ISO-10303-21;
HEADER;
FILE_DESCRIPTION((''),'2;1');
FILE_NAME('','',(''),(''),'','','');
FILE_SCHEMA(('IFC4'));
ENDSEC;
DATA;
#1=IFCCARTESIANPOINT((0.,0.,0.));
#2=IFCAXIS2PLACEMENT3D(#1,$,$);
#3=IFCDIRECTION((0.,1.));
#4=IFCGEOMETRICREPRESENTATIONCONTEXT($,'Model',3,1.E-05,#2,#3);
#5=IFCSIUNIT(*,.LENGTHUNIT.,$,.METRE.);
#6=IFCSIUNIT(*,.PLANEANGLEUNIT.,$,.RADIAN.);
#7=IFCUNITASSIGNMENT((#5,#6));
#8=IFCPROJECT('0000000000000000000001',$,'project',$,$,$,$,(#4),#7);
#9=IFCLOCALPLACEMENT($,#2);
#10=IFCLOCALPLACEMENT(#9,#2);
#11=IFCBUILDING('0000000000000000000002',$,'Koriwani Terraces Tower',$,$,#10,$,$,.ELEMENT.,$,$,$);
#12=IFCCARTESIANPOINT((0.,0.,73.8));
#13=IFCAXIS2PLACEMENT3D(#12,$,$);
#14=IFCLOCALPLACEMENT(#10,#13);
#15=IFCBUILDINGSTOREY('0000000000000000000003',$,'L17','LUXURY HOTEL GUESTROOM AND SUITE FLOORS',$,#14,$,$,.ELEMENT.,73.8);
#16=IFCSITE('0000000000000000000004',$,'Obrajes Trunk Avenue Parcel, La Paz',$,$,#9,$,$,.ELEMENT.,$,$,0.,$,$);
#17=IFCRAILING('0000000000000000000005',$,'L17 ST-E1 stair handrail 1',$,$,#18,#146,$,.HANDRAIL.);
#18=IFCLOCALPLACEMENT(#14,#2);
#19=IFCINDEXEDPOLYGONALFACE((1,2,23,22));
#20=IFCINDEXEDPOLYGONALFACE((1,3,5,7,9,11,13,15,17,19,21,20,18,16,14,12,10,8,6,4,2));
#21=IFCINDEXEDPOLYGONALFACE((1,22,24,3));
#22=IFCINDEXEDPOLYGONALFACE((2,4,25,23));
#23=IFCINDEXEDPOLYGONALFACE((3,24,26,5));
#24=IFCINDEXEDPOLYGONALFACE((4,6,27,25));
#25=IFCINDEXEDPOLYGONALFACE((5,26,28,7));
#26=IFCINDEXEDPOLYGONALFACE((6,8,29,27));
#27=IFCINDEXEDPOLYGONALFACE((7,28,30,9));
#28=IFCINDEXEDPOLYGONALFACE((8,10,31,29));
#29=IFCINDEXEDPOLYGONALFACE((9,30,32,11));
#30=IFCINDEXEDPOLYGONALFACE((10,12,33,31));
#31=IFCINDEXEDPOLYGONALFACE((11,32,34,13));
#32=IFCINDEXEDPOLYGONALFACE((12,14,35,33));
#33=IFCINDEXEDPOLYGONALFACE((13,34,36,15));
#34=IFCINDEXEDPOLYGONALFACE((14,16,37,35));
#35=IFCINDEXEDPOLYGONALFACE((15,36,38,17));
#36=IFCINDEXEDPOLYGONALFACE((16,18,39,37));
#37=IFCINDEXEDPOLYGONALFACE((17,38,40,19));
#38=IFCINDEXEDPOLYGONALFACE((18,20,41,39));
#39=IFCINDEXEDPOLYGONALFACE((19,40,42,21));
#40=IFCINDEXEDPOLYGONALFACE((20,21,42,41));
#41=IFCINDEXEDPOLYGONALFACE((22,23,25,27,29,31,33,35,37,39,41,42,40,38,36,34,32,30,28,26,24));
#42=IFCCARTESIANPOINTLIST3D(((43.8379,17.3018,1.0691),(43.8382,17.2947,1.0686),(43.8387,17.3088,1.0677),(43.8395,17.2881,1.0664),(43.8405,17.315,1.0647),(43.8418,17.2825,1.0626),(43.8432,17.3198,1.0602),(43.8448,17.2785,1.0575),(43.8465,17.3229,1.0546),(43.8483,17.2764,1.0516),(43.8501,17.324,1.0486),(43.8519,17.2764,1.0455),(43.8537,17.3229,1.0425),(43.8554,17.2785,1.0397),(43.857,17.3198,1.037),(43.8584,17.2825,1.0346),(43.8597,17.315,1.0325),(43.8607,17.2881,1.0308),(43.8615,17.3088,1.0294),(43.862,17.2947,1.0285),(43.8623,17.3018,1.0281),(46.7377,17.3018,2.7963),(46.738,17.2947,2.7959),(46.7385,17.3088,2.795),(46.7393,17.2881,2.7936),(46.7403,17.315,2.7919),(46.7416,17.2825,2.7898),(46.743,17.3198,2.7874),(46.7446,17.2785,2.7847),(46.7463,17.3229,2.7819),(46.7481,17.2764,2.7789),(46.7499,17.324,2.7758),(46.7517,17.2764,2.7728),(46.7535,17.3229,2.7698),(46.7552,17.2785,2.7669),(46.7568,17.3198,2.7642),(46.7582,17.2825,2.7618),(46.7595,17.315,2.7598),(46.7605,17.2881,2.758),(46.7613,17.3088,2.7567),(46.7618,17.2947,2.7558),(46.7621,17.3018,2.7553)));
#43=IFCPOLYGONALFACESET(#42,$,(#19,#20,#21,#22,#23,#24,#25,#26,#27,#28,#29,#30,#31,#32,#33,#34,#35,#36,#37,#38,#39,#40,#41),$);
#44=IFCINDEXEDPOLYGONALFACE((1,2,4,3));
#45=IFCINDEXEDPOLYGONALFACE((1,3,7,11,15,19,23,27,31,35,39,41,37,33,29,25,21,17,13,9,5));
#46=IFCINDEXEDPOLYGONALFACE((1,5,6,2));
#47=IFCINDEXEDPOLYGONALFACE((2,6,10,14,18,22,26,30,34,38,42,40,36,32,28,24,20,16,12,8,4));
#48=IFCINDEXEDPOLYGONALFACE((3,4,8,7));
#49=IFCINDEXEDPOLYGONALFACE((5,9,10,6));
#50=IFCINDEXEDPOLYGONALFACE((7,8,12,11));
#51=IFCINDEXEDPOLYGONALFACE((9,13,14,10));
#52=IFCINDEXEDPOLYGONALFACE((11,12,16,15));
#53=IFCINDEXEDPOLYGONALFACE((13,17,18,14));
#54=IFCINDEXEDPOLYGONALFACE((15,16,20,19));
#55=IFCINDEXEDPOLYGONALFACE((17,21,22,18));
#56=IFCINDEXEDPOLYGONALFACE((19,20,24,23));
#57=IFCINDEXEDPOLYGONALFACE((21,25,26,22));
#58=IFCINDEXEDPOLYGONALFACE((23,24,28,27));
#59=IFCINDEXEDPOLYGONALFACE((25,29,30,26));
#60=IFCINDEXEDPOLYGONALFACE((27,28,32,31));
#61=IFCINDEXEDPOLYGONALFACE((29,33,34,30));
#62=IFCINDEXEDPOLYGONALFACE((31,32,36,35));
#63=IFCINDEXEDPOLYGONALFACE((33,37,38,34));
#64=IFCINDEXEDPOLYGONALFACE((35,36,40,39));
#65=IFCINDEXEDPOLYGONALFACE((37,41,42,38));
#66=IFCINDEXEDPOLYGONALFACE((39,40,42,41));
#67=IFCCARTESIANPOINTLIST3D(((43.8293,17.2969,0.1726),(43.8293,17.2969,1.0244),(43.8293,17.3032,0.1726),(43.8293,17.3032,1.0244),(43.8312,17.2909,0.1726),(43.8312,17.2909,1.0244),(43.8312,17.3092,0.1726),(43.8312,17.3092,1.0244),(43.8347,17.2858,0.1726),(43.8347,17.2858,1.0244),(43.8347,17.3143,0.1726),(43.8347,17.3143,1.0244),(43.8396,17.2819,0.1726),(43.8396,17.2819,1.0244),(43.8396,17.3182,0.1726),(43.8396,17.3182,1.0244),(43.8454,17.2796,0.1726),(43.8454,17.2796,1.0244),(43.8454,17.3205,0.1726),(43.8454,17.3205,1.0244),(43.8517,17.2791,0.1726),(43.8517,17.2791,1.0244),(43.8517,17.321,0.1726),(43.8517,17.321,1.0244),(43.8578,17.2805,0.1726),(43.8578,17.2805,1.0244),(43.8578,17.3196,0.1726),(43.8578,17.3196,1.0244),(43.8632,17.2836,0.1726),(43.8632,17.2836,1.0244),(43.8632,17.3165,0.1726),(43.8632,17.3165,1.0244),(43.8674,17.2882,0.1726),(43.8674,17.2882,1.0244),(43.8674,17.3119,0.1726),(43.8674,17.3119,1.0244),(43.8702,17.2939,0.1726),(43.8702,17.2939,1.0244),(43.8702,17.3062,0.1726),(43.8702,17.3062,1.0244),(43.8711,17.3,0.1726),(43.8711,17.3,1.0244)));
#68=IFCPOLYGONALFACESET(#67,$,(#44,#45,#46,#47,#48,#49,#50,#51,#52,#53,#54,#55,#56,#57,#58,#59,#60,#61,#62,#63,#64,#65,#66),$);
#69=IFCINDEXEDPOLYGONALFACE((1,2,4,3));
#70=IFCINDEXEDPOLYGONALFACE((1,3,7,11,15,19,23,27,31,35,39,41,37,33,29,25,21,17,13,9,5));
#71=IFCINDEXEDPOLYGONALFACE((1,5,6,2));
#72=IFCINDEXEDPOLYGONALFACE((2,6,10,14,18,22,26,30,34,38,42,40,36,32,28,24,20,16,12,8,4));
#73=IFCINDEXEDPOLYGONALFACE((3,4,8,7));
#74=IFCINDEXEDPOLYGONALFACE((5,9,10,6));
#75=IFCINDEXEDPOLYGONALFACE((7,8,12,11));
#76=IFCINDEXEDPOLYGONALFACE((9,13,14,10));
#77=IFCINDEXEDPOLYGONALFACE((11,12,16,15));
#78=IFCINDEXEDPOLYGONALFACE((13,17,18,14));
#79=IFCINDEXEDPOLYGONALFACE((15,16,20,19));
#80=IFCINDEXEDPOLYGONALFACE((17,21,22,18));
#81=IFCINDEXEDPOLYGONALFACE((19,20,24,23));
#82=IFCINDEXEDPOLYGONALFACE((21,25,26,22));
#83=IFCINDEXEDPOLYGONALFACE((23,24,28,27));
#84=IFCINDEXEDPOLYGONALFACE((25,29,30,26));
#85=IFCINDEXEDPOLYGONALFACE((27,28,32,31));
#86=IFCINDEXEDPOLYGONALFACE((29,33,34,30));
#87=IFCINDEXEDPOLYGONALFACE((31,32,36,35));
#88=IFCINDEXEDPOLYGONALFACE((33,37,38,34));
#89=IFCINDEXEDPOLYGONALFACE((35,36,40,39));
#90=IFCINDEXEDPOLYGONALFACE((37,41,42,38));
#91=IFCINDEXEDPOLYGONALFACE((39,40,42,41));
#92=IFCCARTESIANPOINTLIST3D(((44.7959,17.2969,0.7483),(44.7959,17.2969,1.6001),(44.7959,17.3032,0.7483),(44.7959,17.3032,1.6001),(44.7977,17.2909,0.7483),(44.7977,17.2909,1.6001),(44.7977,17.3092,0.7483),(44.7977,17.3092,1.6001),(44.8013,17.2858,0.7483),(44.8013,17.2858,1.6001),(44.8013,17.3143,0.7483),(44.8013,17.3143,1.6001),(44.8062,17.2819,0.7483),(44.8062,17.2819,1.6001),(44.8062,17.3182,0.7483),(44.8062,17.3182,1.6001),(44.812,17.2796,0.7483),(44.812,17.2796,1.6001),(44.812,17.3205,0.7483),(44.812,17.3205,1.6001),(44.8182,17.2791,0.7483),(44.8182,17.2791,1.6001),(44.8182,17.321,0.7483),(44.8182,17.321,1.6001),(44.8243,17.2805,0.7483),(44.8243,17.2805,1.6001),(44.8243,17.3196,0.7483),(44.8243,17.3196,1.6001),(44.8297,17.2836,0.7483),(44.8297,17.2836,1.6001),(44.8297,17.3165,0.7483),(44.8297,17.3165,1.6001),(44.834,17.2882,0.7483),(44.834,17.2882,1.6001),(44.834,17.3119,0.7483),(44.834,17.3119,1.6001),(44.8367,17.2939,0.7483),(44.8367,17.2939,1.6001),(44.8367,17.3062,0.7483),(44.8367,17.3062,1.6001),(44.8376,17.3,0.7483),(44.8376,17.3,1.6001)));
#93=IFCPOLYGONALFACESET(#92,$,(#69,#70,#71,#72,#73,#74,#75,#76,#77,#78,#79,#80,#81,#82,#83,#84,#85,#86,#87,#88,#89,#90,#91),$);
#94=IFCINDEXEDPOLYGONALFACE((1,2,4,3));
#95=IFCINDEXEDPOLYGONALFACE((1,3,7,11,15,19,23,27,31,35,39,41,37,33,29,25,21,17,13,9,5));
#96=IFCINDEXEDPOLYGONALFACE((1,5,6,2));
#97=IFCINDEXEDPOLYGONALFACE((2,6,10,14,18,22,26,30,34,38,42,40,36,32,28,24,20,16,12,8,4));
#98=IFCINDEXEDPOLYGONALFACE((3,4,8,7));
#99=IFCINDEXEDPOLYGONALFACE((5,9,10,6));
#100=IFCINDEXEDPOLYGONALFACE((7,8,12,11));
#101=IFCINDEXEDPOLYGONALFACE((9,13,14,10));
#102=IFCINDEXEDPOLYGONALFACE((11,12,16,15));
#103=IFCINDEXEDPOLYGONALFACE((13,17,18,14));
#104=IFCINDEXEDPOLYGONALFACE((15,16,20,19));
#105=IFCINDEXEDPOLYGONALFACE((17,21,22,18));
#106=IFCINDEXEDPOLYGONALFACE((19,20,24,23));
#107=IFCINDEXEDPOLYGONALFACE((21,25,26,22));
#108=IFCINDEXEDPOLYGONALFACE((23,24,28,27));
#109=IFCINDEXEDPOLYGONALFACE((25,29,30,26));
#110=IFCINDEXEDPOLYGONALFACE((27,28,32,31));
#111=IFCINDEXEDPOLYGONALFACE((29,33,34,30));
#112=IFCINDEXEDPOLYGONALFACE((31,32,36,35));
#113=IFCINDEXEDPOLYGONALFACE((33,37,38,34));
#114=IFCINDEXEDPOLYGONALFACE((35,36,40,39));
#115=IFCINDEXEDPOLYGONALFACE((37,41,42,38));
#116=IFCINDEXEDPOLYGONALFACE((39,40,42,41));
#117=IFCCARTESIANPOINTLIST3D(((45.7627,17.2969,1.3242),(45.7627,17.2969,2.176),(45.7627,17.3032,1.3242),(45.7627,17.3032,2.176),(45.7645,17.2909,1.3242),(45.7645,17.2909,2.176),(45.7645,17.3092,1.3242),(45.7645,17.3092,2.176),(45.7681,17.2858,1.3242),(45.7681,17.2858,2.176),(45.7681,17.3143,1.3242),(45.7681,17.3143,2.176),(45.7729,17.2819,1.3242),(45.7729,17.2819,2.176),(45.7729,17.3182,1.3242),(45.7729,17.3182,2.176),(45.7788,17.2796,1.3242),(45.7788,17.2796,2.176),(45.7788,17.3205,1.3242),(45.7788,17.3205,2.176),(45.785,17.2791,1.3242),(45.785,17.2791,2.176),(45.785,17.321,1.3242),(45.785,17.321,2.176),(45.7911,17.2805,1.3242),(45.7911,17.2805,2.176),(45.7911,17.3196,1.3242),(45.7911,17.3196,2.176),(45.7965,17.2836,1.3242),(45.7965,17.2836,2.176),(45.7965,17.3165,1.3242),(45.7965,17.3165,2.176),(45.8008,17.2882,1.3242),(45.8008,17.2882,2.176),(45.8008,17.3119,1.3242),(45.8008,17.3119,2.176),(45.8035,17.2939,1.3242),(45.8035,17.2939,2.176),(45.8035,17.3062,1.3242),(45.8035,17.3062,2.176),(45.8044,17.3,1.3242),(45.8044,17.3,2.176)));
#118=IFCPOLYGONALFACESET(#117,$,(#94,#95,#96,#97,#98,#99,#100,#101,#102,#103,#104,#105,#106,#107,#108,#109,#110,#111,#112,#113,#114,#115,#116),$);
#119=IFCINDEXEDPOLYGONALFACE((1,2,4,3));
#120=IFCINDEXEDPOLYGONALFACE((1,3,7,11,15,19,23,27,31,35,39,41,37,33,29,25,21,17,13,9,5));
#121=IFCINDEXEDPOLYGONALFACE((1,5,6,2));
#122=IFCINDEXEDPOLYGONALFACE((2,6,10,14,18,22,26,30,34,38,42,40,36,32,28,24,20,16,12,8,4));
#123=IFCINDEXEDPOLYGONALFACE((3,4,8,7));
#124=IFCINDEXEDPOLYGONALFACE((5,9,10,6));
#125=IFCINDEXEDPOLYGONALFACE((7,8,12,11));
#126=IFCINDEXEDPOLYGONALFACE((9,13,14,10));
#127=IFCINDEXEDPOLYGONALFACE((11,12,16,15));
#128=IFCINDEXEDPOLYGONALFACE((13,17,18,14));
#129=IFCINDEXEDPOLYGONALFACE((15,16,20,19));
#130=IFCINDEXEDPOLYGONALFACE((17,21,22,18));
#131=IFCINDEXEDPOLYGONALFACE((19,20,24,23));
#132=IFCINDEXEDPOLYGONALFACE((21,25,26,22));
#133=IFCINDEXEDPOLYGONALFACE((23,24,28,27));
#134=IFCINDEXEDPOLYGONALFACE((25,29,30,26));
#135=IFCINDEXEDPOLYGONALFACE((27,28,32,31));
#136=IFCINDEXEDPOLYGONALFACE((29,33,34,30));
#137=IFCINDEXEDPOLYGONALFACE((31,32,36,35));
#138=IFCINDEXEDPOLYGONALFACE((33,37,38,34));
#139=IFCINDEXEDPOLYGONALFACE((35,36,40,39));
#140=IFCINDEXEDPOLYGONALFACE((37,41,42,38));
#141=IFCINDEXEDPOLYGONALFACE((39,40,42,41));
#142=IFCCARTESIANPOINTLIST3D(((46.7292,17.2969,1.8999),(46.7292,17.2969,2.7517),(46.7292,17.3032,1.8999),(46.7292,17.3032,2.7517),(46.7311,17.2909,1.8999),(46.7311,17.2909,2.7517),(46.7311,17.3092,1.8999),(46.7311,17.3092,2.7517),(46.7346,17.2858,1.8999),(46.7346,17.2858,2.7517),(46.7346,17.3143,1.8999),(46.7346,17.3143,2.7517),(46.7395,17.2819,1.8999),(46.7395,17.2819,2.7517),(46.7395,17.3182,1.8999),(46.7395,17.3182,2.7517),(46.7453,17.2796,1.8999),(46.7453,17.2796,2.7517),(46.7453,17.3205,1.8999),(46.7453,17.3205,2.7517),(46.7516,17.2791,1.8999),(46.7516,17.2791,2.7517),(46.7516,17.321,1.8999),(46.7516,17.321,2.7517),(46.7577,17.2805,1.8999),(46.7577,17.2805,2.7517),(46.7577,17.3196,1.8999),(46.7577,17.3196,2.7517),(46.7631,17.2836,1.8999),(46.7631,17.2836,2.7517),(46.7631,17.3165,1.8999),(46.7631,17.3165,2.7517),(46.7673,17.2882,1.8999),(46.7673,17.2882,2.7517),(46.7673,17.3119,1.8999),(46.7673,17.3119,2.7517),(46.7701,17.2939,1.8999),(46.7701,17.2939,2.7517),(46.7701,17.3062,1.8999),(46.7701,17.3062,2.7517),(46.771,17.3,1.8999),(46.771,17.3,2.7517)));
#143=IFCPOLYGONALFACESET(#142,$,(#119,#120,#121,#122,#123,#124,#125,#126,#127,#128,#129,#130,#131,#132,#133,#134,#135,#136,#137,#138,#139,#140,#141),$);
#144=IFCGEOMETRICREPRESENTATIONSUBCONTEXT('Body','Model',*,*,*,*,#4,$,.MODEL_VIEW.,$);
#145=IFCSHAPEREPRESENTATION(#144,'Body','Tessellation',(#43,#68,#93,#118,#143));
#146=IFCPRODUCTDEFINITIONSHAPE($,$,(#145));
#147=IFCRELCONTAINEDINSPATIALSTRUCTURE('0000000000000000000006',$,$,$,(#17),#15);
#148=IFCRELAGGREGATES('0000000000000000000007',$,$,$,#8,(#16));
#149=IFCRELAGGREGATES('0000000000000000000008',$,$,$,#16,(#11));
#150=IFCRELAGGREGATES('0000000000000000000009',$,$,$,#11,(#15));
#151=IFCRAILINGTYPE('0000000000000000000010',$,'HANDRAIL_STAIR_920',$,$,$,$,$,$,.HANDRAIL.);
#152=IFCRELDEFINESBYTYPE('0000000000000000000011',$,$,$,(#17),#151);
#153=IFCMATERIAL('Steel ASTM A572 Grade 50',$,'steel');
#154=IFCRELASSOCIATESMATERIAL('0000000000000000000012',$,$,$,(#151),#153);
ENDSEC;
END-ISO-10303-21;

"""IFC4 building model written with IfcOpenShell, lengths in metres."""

from ifc_helpers import new_model, si_unit, direction, frame, origin, origin_2d, place, context, subcontext, project, spatial, circle, extrude, material, type_object, element, save


model = new_model("IFC4")

# Units and contexts
model_context = context("Model", 3, precision=1e-05, world=origin(), true_north=direction((0.0, 1.0)))
body_context = subcontext(model_context, "Body", "Model", "MODEL_VIEW")
ifc_project = project(units=[si_unit("LENGTHUNIT", "METRE"), si_unit("PLANEANGLEUNIT", "RADIAN")], contexts=[model_context])

# Site, building, storey
site_placement = place(None, origin())
site = spatial("IfcSite", under=ifc_project, at=site_placement, Name="Obrajes Trunk Avenue Parcel, La Paz", CompositionType="ELEMENT", RefElevation=0.0)
building_placement = place(site_placement, origin())
building = spatial("IfcBuilding", under=site, at=building_placement, Name="Koriwani Terraces Tower", CompositionType="ELEMENT")
storey_placement = place(building_placement, frame((0.0, 0.0, 73.8)))
storey = spatial("IfcBuildingStorey", under=building, at=storey_placement, Name="L17", Description="LUXURY HOTEL GUESTROOM AND SUITE FLOORS", CompositionType="ELEMENT", Elevation=73.8)

# Shared definitions
ifc_material_1 = material(Name="Steel ASTM A572 Grade 50", Category="steel")

# Railing
railing_type = type_object("IfcRailingType", Name="HANDRAIL_STAIR_920", PredefinedType="HANDRAIL", material=ifc_material_1)
railing_placement = place(storey_placement, frame((43.8501, 17.3, 0.1726)))
element("IfcRailing", 1, at=railing_placement, inside=storey, type_object=railing_type, Name="L17 ST-E1 stair handrail 1", PredefinedType="HANDRAIL", context=body_context, shape_type="SweptSolid", body=[
    extrude(circle(Radius=0.0239, at=origin_2d()), frame((0.0, 0.0, 0.876), z_axis=(0.859141, 0.0, 0.511738), x_axis=(0.0, 1.0, 0.0)), (0.0, 0.0, 1.0), 3.3752),
    extrude(circle(Radius=0.021, at=origin_2d()), origin(), (0.0, 0.0, 1.0), 0.8518),
    extrude(circle(Radius=0.021, at=origin_2d()), frame((0.9666, 0.0, 0.5757)), (0.0, 0.0, 1.0), 0.8518),
    extrude(circle(Radius=0.021, at=origin_2d()), frame((1.9333, 0.0, 1.1516)), (0.0, 0.0, 1.0), 0.8518),
    extrude(circle(Radius=0.021, at=origin_2d()), frame((2.8999, 0.0, 1.7273)), (0.0, 0.0, 1.0), 0.8518),
])

save(model, "model.ifc")
